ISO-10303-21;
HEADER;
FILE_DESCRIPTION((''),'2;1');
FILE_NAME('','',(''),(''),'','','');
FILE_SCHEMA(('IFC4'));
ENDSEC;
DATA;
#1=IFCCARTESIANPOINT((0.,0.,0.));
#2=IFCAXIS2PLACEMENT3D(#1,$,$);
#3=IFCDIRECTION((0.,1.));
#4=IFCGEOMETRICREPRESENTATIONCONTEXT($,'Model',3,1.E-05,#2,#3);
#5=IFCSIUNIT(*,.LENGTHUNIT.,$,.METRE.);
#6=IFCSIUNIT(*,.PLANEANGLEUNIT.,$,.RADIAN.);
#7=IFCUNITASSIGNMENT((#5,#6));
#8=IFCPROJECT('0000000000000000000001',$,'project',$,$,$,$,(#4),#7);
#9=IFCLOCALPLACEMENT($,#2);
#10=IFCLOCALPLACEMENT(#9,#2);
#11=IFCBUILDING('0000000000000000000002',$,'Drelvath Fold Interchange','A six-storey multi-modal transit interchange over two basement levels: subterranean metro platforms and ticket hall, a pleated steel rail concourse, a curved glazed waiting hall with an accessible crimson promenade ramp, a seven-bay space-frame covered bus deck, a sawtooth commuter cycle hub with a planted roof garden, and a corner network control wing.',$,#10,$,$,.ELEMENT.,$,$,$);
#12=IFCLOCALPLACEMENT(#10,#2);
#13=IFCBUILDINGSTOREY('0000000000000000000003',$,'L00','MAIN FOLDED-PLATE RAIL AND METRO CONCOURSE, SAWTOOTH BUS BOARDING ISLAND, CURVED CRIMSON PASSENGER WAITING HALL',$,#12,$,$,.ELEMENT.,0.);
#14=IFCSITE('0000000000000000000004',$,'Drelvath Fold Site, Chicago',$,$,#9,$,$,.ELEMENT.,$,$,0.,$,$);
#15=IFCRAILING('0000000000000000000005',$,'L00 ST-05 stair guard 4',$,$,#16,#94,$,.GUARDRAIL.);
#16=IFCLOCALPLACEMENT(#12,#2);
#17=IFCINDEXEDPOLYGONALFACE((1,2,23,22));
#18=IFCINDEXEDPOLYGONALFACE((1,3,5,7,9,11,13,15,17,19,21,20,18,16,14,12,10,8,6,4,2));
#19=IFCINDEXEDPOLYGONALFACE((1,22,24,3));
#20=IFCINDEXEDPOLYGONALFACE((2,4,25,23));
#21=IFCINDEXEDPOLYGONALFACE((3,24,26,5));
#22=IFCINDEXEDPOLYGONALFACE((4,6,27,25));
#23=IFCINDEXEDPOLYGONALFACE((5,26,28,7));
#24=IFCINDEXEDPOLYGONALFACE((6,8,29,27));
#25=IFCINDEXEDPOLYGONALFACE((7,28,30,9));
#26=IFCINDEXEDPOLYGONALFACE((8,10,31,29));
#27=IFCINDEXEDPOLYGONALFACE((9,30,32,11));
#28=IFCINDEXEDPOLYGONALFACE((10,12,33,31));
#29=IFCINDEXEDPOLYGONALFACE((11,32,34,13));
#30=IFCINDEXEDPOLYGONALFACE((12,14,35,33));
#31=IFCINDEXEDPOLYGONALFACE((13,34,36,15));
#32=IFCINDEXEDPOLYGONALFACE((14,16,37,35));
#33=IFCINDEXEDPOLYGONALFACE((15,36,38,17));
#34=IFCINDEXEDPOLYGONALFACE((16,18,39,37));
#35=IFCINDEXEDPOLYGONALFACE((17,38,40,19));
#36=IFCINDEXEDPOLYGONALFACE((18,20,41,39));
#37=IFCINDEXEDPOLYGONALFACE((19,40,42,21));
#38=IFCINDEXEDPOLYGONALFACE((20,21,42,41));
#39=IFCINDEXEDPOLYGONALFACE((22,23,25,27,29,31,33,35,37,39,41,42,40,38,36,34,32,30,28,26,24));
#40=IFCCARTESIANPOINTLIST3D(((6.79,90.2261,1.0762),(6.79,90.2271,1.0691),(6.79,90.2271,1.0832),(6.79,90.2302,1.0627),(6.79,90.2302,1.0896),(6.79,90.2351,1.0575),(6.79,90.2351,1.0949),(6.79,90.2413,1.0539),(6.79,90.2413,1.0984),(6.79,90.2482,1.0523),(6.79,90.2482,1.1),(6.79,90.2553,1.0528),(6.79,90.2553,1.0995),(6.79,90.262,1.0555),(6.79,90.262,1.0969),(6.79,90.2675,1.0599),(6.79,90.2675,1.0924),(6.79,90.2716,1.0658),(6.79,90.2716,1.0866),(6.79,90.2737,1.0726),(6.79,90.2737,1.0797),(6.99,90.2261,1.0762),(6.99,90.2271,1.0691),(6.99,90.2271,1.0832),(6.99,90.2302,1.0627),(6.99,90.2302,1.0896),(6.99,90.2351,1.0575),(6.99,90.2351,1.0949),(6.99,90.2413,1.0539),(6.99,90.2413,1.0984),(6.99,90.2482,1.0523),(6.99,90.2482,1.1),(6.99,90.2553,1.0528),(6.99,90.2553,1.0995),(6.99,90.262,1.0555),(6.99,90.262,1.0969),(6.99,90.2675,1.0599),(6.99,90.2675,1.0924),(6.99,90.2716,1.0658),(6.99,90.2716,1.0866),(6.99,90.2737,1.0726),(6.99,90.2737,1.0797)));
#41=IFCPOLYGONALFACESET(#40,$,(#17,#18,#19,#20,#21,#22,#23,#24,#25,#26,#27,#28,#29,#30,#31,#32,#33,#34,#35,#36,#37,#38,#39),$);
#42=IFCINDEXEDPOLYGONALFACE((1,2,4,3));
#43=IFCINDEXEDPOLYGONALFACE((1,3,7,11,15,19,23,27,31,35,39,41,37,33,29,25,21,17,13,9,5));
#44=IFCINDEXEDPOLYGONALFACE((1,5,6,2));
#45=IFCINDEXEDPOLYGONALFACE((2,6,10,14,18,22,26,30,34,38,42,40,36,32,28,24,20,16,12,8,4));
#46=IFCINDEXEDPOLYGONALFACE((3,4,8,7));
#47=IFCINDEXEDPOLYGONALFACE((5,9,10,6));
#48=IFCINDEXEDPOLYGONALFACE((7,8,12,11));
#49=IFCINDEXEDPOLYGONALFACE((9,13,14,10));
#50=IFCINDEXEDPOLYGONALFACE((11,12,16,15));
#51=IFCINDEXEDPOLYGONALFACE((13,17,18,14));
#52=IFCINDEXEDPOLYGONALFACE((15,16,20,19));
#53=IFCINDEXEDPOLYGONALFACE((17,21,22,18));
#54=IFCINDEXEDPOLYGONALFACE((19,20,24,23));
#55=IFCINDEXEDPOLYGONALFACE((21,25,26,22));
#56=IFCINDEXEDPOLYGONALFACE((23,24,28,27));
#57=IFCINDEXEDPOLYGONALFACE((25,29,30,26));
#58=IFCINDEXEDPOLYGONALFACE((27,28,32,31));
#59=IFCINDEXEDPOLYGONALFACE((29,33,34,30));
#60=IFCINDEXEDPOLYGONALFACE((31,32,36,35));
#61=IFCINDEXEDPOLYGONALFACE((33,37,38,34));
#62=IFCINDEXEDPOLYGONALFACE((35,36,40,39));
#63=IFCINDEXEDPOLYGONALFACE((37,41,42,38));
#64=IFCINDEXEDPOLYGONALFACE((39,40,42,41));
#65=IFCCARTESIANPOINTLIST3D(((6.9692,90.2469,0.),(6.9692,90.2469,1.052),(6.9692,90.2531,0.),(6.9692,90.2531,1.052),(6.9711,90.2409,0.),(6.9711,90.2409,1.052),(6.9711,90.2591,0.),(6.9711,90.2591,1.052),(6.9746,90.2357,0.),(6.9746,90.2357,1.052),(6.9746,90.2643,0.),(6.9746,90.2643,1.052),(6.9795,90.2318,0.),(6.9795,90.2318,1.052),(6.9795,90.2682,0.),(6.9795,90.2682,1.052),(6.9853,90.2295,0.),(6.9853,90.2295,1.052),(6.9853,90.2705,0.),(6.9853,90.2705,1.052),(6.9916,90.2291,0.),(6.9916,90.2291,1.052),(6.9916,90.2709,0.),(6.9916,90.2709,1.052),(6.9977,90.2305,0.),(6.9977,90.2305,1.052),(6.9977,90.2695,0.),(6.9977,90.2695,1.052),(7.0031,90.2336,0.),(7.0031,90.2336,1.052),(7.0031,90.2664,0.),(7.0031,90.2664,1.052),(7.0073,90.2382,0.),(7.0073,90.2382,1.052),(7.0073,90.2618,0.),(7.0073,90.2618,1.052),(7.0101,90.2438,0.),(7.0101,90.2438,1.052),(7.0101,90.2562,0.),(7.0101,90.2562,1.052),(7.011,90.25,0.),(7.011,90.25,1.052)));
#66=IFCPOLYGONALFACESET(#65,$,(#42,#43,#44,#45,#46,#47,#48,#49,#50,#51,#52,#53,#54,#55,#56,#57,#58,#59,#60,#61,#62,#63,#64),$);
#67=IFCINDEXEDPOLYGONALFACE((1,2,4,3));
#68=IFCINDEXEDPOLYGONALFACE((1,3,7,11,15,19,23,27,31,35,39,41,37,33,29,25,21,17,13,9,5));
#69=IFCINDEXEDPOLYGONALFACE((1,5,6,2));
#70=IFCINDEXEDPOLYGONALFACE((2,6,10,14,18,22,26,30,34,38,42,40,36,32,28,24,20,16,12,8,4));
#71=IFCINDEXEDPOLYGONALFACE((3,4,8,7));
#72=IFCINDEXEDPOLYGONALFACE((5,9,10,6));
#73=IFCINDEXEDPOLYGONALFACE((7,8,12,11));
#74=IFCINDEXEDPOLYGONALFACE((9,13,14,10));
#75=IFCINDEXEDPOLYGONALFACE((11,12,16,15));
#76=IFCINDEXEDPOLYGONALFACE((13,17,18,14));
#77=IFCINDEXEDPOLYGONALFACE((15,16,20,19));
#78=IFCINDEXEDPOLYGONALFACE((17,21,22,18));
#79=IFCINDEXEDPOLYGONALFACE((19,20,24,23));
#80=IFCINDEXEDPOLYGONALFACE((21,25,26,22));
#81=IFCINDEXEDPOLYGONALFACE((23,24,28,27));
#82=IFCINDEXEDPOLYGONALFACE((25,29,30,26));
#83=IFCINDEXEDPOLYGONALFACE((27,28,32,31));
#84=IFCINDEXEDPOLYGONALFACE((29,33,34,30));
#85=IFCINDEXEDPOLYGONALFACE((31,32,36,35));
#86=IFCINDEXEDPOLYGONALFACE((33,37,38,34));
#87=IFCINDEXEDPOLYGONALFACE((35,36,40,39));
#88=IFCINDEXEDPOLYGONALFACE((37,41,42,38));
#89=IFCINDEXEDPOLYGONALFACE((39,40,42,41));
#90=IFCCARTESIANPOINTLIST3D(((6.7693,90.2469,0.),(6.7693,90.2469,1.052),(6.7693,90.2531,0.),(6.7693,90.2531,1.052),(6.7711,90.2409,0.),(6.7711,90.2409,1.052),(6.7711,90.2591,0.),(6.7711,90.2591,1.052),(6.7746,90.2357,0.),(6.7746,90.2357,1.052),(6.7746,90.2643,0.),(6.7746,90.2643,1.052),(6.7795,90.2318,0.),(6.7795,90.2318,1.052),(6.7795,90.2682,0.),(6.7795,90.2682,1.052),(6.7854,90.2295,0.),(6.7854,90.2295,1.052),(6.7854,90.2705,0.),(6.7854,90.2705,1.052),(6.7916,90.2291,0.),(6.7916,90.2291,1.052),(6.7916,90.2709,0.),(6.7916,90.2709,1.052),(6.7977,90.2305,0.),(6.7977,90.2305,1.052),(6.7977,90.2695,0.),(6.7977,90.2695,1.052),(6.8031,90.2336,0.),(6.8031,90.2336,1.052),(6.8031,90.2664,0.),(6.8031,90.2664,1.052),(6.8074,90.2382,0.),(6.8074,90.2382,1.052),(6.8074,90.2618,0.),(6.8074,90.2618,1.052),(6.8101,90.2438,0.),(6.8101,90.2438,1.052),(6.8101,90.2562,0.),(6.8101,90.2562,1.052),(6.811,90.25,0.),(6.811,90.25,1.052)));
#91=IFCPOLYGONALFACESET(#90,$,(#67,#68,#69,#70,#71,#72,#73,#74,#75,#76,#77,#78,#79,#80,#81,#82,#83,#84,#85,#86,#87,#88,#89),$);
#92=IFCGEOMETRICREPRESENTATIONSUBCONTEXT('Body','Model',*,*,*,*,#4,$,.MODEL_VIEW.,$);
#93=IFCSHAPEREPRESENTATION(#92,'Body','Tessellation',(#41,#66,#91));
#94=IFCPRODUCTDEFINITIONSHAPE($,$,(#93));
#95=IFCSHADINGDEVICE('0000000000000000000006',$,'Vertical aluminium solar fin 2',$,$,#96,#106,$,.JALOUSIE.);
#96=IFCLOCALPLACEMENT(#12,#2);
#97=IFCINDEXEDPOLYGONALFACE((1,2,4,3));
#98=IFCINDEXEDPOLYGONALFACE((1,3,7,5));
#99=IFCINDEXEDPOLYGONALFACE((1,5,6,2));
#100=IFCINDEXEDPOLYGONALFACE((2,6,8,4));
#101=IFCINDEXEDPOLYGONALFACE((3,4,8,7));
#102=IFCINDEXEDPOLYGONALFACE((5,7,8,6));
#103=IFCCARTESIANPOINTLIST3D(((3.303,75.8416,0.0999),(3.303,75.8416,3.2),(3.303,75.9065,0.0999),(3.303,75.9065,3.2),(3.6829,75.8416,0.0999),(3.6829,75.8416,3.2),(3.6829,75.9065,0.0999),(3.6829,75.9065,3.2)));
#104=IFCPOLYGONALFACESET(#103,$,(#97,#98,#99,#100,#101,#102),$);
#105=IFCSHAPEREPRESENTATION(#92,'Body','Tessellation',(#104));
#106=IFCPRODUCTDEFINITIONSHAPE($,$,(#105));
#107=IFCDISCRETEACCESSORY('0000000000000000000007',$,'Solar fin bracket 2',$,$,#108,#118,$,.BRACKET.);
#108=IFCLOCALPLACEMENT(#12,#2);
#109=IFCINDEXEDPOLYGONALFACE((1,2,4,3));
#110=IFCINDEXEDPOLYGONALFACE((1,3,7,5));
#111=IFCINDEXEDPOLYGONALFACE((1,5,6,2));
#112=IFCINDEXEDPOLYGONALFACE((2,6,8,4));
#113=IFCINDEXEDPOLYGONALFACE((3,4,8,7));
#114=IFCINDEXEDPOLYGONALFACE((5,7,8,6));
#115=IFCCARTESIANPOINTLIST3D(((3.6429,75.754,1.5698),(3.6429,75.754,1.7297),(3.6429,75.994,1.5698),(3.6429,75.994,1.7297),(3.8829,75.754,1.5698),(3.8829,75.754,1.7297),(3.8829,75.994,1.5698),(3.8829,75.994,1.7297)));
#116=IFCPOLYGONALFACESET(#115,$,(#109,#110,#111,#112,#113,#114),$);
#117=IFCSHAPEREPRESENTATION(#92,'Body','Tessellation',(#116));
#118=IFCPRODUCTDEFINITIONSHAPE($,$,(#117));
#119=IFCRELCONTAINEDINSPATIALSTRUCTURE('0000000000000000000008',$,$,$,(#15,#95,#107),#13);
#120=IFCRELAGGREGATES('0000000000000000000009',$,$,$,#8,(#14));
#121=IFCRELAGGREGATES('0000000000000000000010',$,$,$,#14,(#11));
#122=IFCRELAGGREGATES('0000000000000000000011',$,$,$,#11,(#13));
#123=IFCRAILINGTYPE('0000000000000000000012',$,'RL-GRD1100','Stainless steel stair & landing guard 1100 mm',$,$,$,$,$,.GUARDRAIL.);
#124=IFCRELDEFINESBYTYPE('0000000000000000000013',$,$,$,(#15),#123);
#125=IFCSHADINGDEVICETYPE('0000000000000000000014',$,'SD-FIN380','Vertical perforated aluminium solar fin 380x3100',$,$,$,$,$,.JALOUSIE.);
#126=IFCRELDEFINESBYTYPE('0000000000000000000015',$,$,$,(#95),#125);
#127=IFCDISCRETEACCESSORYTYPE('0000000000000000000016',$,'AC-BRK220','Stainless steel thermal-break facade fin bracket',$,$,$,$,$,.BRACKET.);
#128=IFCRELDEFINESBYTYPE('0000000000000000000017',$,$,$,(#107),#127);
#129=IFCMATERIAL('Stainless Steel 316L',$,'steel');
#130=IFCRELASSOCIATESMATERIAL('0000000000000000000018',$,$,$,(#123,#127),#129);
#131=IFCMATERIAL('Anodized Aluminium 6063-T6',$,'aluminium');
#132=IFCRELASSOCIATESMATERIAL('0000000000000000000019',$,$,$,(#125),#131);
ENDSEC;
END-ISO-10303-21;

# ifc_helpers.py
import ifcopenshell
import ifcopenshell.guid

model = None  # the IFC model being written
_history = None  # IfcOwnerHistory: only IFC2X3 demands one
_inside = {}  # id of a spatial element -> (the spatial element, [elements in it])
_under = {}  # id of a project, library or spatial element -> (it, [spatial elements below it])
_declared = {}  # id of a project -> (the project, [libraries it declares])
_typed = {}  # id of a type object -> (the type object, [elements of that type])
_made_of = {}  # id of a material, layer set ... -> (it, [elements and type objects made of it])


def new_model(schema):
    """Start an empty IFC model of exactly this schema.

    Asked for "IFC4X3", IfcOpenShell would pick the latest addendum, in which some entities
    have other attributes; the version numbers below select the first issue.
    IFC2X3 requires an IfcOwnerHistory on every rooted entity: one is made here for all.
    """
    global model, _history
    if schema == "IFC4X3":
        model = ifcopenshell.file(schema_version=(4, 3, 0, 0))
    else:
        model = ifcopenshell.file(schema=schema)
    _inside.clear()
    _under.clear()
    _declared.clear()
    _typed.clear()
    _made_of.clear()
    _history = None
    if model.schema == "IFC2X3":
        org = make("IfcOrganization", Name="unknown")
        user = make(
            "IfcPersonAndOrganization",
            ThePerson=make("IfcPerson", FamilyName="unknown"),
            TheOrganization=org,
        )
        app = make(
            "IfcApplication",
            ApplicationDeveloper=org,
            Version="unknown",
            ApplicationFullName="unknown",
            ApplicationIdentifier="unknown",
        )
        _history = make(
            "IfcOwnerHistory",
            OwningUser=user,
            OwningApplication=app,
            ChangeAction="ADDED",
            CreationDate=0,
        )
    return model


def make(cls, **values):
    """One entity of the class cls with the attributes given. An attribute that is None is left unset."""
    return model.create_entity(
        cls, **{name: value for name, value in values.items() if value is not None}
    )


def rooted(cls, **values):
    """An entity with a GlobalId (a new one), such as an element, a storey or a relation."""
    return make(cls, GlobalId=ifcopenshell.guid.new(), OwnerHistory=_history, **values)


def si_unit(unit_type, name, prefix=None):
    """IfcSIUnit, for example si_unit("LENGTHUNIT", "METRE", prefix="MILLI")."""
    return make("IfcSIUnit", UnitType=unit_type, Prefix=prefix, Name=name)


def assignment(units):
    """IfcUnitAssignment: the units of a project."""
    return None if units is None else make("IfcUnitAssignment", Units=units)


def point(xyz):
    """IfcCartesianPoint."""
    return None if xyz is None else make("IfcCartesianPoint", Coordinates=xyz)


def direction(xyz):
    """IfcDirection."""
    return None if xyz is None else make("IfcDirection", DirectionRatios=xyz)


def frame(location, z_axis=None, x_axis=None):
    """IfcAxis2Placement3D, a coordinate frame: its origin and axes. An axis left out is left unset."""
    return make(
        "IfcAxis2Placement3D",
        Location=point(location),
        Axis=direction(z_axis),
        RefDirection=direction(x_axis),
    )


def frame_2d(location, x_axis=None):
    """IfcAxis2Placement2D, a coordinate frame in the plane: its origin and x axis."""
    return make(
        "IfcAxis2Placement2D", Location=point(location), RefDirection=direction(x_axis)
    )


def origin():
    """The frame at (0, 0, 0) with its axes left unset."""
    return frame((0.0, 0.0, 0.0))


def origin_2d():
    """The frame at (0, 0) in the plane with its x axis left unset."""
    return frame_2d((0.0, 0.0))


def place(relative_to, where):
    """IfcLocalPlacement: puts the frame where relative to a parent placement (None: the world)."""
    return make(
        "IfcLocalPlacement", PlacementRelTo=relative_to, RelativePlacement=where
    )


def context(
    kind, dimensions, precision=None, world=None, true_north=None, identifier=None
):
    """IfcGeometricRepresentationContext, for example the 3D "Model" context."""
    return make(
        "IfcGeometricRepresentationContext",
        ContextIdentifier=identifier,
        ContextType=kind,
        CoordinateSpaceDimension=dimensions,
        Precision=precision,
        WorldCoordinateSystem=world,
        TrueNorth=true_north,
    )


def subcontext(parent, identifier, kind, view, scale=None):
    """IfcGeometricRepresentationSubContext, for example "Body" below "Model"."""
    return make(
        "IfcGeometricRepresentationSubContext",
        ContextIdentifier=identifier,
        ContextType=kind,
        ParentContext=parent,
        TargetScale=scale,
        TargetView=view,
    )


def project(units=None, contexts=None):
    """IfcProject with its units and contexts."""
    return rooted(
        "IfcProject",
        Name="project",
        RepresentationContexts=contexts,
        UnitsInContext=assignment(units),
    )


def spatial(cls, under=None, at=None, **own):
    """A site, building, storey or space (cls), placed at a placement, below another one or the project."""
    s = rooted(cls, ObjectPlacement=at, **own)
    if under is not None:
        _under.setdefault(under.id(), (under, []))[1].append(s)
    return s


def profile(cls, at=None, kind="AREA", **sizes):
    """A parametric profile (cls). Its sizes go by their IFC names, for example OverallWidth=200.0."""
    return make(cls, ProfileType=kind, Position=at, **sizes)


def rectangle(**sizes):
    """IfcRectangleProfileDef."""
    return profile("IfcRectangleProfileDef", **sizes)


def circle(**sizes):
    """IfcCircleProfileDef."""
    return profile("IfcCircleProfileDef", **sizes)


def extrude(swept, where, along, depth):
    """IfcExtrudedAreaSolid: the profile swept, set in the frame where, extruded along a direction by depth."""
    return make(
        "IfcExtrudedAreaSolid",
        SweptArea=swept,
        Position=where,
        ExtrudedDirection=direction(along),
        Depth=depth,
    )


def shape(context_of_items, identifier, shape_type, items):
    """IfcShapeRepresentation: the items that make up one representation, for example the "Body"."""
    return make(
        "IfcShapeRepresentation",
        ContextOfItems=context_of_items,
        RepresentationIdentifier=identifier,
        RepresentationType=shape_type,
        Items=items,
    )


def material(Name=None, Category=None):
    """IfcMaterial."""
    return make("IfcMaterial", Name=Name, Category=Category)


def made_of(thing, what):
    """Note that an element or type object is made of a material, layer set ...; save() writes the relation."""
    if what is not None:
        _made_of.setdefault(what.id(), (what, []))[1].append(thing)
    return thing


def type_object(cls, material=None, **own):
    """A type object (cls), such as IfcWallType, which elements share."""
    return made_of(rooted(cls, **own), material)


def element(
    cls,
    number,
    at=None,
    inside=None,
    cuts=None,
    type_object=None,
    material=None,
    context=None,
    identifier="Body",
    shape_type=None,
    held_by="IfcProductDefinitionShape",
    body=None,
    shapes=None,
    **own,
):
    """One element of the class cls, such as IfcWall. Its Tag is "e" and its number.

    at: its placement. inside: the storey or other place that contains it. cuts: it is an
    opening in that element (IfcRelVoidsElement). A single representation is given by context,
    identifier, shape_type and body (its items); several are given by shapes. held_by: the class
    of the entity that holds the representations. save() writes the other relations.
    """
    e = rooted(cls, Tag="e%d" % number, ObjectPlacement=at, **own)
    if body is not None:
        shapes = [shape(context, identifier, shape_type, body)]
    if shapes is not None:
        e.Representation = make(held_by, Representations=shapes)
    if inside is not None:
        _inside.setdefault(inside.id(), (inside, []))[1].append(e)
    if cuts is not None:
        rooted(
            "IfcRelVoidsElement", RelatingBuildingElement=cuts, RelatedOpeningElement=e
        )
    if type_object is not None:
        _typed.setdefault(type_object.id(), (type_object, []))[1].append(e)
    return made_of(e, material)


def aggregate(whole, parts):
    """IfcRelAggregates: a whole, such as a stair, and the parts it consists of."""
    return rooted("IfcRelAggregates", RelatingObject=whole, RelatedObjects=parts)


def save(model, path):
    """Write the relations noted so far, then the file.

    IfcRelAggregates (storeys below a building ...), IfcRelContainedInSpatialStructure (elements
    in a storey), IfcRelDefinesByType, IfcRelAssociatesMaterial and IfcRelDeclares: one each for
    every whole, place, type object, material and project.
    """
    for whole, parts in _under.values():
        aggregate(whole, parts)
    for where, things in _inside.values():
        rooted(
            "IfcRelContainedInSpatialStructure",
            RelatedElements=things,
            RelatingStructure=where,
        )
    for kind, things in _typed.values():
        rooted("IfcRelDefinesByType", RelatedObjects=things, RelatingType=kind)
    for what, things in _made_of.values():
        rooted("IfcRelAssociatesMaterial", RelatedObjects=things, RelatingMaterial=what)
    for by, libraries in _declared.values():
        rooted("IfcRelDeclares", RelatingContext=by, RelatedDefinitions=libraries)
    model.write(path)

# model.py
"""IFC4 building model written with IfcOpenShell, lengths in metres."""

from ifc_helpers import new_model, si_unit, direction, frame, origin, origin_2d, place, context, subcontext, project, spatial, rectangle, circle, extrude, material, type_object, element, save


model = new_model("IFC4")

# Units and contexts
model_context = context("Model", 3, precision=1e-05, world=origin(), true_north=direction((0.0, 1.0)))
body_context = subcontext(model_context, "Body", "Model", "MODEL_VIEW")
ifc_project = project(units=[si_unit("LENGTHUNIT", "METRE"), si_unit("PLANEANGLEUNIT", "RADIAN")], contexts=[model_context])

# Site, building, storey
site_placement = place(None, origin())
site = spatial("IfcSite", under=ifc_project, at=site_placement, Name="Drelvath Fold Site, Chicago", CompositionType="ELEMENT", RefElevation=0.0)
building_placement = place(site_placement, origin())
building = spatial("IfcBuilding", under=site, at=building_placement, Name="Drelvath Fold Interchange", Description="A six-storey multi-modal transit interchange over two basement levels: subterranean metro platforms and ticket hall, a pleated steel rail concourse, a curved glazed waiting hall with an accessible crimson promenade ramp, a seven-bay space-frame covered bus deck, a sawtooth commuter cycle hub with a planted roof garden, and a corner network control wing.", CompositionType="ELEMENT")
storey_placement = place(building_placement, origin())
storey = spatial("IfcBuildingStorey", under=building, at=storey_placement, Name="L00", Description="MAIN FOLDED-PLATE RAIL AND METRO CONCOURSE, SAWTOOTH BUS BOARDING ISLAND, CURVED CRIMSON PASSENGER WAITING HALL", CompositionType="ELEMENT", Elevation=0.0)

# Railing
ifc_material_1 = material(Name="Stainless Steel 316L", Category="steel")
railing_type_1 = type_object("IfcRailingType", Name="RL-GRD1100", Description="Stainless steel stair & landing guard 1100 mm", PredefinedType="GUARDRAIL", material=ifc_material_1)
railing_1_placement = place(storey_placement, frame((6.99, 90.25, 0.0)))
element("IfcRailing", 1, at=railing_1_placement, inside=storey, type_object=railing_type_1, Name="L00 ST-05 stair guard 4", PredefinedType="GUARDRAIL", context=body_context, shape_type="SweptSolid", body=[
    extrude(circle(Radius=0.0239, at=origin_2d()), frame((0.0, 0.0, 1.0762), z_axis=(-1.0, 0.0, 0.0), x_axis=(0.0, -1.0, 0.0)), (0.0, 0.0, 1.0), 0.2),
    extrude(circle(Radius=0.021, at=origin_2d()), origin(), (0.0, 0.0, 1.0), 1.052),
    extrude(circle(Radius=0.021, at=origin_2d()), frame((-0.2, 0.0, 0.0)), (0.0, 0.0, 1.0), 1.052),
])

# Shading device
ifc_material_2 = material(Name="Anodized Aluminium 6063-T6", Category="aluminium")
shading_device_type = type_object("IfcShadingDeviceType", Name="SD-FIN380", Description="Vertical perforated aluminium solar fin 380x3100", PredefinedType="JALOUSIE", material=ifc_material_2)
shading_device_placement = place(storey_placement, frame((3.4929, 75.874, 0.0999), z_axis=(0.0, 0.0, 1.0), x_axis=(1.0, 0.0, 0.0)))
element("IfcShadingDevice", 2, at=shading_device_placement, inside=storey, type_object=shading_device_type, Name="Vertical aluminium solar fin 2", PredefinedType="JALOUSIE", context=body_context, shape_type="SweptSolid", body=[
    extrude(rectangle(XDim=0.3799, YDim=0.0649, at=origin_2d()), origin(), (0.0, 0.0, 1.0), 3.1001),
])

# Discrete accessory
discrete_accessory_type = type_object("IfcDiscreteAccessoryType", Name="AC-BRK220", Description="Stainless steel thermal-break facade fin bracket", PredefinedType="BRACKET", material=ifc_material_1)
discrete_accessory_placement = place(storey_placement, frame((3.7629, 75.874, 1.5698), z_axis=(0.0, 0.0, 1.0), x_axis=(1.0, 0.0, 0.0)))
element("IfcDiscreteAccessory", 3, at=discrete_accessory_placement, inside=storey, type_object=discrete_accessory_type, Name="Solar fin bracket 2", PredefinedType="BRACKET", context=body_context, shape_type="SweptSolid", body=[
    extrude(rectangle(XDim=0.24, YDim=0.24, at=origin_2d()), origin(), (0.0, 0.0, 1.0), 0.1599),
])

save(model, "model.ifc")
